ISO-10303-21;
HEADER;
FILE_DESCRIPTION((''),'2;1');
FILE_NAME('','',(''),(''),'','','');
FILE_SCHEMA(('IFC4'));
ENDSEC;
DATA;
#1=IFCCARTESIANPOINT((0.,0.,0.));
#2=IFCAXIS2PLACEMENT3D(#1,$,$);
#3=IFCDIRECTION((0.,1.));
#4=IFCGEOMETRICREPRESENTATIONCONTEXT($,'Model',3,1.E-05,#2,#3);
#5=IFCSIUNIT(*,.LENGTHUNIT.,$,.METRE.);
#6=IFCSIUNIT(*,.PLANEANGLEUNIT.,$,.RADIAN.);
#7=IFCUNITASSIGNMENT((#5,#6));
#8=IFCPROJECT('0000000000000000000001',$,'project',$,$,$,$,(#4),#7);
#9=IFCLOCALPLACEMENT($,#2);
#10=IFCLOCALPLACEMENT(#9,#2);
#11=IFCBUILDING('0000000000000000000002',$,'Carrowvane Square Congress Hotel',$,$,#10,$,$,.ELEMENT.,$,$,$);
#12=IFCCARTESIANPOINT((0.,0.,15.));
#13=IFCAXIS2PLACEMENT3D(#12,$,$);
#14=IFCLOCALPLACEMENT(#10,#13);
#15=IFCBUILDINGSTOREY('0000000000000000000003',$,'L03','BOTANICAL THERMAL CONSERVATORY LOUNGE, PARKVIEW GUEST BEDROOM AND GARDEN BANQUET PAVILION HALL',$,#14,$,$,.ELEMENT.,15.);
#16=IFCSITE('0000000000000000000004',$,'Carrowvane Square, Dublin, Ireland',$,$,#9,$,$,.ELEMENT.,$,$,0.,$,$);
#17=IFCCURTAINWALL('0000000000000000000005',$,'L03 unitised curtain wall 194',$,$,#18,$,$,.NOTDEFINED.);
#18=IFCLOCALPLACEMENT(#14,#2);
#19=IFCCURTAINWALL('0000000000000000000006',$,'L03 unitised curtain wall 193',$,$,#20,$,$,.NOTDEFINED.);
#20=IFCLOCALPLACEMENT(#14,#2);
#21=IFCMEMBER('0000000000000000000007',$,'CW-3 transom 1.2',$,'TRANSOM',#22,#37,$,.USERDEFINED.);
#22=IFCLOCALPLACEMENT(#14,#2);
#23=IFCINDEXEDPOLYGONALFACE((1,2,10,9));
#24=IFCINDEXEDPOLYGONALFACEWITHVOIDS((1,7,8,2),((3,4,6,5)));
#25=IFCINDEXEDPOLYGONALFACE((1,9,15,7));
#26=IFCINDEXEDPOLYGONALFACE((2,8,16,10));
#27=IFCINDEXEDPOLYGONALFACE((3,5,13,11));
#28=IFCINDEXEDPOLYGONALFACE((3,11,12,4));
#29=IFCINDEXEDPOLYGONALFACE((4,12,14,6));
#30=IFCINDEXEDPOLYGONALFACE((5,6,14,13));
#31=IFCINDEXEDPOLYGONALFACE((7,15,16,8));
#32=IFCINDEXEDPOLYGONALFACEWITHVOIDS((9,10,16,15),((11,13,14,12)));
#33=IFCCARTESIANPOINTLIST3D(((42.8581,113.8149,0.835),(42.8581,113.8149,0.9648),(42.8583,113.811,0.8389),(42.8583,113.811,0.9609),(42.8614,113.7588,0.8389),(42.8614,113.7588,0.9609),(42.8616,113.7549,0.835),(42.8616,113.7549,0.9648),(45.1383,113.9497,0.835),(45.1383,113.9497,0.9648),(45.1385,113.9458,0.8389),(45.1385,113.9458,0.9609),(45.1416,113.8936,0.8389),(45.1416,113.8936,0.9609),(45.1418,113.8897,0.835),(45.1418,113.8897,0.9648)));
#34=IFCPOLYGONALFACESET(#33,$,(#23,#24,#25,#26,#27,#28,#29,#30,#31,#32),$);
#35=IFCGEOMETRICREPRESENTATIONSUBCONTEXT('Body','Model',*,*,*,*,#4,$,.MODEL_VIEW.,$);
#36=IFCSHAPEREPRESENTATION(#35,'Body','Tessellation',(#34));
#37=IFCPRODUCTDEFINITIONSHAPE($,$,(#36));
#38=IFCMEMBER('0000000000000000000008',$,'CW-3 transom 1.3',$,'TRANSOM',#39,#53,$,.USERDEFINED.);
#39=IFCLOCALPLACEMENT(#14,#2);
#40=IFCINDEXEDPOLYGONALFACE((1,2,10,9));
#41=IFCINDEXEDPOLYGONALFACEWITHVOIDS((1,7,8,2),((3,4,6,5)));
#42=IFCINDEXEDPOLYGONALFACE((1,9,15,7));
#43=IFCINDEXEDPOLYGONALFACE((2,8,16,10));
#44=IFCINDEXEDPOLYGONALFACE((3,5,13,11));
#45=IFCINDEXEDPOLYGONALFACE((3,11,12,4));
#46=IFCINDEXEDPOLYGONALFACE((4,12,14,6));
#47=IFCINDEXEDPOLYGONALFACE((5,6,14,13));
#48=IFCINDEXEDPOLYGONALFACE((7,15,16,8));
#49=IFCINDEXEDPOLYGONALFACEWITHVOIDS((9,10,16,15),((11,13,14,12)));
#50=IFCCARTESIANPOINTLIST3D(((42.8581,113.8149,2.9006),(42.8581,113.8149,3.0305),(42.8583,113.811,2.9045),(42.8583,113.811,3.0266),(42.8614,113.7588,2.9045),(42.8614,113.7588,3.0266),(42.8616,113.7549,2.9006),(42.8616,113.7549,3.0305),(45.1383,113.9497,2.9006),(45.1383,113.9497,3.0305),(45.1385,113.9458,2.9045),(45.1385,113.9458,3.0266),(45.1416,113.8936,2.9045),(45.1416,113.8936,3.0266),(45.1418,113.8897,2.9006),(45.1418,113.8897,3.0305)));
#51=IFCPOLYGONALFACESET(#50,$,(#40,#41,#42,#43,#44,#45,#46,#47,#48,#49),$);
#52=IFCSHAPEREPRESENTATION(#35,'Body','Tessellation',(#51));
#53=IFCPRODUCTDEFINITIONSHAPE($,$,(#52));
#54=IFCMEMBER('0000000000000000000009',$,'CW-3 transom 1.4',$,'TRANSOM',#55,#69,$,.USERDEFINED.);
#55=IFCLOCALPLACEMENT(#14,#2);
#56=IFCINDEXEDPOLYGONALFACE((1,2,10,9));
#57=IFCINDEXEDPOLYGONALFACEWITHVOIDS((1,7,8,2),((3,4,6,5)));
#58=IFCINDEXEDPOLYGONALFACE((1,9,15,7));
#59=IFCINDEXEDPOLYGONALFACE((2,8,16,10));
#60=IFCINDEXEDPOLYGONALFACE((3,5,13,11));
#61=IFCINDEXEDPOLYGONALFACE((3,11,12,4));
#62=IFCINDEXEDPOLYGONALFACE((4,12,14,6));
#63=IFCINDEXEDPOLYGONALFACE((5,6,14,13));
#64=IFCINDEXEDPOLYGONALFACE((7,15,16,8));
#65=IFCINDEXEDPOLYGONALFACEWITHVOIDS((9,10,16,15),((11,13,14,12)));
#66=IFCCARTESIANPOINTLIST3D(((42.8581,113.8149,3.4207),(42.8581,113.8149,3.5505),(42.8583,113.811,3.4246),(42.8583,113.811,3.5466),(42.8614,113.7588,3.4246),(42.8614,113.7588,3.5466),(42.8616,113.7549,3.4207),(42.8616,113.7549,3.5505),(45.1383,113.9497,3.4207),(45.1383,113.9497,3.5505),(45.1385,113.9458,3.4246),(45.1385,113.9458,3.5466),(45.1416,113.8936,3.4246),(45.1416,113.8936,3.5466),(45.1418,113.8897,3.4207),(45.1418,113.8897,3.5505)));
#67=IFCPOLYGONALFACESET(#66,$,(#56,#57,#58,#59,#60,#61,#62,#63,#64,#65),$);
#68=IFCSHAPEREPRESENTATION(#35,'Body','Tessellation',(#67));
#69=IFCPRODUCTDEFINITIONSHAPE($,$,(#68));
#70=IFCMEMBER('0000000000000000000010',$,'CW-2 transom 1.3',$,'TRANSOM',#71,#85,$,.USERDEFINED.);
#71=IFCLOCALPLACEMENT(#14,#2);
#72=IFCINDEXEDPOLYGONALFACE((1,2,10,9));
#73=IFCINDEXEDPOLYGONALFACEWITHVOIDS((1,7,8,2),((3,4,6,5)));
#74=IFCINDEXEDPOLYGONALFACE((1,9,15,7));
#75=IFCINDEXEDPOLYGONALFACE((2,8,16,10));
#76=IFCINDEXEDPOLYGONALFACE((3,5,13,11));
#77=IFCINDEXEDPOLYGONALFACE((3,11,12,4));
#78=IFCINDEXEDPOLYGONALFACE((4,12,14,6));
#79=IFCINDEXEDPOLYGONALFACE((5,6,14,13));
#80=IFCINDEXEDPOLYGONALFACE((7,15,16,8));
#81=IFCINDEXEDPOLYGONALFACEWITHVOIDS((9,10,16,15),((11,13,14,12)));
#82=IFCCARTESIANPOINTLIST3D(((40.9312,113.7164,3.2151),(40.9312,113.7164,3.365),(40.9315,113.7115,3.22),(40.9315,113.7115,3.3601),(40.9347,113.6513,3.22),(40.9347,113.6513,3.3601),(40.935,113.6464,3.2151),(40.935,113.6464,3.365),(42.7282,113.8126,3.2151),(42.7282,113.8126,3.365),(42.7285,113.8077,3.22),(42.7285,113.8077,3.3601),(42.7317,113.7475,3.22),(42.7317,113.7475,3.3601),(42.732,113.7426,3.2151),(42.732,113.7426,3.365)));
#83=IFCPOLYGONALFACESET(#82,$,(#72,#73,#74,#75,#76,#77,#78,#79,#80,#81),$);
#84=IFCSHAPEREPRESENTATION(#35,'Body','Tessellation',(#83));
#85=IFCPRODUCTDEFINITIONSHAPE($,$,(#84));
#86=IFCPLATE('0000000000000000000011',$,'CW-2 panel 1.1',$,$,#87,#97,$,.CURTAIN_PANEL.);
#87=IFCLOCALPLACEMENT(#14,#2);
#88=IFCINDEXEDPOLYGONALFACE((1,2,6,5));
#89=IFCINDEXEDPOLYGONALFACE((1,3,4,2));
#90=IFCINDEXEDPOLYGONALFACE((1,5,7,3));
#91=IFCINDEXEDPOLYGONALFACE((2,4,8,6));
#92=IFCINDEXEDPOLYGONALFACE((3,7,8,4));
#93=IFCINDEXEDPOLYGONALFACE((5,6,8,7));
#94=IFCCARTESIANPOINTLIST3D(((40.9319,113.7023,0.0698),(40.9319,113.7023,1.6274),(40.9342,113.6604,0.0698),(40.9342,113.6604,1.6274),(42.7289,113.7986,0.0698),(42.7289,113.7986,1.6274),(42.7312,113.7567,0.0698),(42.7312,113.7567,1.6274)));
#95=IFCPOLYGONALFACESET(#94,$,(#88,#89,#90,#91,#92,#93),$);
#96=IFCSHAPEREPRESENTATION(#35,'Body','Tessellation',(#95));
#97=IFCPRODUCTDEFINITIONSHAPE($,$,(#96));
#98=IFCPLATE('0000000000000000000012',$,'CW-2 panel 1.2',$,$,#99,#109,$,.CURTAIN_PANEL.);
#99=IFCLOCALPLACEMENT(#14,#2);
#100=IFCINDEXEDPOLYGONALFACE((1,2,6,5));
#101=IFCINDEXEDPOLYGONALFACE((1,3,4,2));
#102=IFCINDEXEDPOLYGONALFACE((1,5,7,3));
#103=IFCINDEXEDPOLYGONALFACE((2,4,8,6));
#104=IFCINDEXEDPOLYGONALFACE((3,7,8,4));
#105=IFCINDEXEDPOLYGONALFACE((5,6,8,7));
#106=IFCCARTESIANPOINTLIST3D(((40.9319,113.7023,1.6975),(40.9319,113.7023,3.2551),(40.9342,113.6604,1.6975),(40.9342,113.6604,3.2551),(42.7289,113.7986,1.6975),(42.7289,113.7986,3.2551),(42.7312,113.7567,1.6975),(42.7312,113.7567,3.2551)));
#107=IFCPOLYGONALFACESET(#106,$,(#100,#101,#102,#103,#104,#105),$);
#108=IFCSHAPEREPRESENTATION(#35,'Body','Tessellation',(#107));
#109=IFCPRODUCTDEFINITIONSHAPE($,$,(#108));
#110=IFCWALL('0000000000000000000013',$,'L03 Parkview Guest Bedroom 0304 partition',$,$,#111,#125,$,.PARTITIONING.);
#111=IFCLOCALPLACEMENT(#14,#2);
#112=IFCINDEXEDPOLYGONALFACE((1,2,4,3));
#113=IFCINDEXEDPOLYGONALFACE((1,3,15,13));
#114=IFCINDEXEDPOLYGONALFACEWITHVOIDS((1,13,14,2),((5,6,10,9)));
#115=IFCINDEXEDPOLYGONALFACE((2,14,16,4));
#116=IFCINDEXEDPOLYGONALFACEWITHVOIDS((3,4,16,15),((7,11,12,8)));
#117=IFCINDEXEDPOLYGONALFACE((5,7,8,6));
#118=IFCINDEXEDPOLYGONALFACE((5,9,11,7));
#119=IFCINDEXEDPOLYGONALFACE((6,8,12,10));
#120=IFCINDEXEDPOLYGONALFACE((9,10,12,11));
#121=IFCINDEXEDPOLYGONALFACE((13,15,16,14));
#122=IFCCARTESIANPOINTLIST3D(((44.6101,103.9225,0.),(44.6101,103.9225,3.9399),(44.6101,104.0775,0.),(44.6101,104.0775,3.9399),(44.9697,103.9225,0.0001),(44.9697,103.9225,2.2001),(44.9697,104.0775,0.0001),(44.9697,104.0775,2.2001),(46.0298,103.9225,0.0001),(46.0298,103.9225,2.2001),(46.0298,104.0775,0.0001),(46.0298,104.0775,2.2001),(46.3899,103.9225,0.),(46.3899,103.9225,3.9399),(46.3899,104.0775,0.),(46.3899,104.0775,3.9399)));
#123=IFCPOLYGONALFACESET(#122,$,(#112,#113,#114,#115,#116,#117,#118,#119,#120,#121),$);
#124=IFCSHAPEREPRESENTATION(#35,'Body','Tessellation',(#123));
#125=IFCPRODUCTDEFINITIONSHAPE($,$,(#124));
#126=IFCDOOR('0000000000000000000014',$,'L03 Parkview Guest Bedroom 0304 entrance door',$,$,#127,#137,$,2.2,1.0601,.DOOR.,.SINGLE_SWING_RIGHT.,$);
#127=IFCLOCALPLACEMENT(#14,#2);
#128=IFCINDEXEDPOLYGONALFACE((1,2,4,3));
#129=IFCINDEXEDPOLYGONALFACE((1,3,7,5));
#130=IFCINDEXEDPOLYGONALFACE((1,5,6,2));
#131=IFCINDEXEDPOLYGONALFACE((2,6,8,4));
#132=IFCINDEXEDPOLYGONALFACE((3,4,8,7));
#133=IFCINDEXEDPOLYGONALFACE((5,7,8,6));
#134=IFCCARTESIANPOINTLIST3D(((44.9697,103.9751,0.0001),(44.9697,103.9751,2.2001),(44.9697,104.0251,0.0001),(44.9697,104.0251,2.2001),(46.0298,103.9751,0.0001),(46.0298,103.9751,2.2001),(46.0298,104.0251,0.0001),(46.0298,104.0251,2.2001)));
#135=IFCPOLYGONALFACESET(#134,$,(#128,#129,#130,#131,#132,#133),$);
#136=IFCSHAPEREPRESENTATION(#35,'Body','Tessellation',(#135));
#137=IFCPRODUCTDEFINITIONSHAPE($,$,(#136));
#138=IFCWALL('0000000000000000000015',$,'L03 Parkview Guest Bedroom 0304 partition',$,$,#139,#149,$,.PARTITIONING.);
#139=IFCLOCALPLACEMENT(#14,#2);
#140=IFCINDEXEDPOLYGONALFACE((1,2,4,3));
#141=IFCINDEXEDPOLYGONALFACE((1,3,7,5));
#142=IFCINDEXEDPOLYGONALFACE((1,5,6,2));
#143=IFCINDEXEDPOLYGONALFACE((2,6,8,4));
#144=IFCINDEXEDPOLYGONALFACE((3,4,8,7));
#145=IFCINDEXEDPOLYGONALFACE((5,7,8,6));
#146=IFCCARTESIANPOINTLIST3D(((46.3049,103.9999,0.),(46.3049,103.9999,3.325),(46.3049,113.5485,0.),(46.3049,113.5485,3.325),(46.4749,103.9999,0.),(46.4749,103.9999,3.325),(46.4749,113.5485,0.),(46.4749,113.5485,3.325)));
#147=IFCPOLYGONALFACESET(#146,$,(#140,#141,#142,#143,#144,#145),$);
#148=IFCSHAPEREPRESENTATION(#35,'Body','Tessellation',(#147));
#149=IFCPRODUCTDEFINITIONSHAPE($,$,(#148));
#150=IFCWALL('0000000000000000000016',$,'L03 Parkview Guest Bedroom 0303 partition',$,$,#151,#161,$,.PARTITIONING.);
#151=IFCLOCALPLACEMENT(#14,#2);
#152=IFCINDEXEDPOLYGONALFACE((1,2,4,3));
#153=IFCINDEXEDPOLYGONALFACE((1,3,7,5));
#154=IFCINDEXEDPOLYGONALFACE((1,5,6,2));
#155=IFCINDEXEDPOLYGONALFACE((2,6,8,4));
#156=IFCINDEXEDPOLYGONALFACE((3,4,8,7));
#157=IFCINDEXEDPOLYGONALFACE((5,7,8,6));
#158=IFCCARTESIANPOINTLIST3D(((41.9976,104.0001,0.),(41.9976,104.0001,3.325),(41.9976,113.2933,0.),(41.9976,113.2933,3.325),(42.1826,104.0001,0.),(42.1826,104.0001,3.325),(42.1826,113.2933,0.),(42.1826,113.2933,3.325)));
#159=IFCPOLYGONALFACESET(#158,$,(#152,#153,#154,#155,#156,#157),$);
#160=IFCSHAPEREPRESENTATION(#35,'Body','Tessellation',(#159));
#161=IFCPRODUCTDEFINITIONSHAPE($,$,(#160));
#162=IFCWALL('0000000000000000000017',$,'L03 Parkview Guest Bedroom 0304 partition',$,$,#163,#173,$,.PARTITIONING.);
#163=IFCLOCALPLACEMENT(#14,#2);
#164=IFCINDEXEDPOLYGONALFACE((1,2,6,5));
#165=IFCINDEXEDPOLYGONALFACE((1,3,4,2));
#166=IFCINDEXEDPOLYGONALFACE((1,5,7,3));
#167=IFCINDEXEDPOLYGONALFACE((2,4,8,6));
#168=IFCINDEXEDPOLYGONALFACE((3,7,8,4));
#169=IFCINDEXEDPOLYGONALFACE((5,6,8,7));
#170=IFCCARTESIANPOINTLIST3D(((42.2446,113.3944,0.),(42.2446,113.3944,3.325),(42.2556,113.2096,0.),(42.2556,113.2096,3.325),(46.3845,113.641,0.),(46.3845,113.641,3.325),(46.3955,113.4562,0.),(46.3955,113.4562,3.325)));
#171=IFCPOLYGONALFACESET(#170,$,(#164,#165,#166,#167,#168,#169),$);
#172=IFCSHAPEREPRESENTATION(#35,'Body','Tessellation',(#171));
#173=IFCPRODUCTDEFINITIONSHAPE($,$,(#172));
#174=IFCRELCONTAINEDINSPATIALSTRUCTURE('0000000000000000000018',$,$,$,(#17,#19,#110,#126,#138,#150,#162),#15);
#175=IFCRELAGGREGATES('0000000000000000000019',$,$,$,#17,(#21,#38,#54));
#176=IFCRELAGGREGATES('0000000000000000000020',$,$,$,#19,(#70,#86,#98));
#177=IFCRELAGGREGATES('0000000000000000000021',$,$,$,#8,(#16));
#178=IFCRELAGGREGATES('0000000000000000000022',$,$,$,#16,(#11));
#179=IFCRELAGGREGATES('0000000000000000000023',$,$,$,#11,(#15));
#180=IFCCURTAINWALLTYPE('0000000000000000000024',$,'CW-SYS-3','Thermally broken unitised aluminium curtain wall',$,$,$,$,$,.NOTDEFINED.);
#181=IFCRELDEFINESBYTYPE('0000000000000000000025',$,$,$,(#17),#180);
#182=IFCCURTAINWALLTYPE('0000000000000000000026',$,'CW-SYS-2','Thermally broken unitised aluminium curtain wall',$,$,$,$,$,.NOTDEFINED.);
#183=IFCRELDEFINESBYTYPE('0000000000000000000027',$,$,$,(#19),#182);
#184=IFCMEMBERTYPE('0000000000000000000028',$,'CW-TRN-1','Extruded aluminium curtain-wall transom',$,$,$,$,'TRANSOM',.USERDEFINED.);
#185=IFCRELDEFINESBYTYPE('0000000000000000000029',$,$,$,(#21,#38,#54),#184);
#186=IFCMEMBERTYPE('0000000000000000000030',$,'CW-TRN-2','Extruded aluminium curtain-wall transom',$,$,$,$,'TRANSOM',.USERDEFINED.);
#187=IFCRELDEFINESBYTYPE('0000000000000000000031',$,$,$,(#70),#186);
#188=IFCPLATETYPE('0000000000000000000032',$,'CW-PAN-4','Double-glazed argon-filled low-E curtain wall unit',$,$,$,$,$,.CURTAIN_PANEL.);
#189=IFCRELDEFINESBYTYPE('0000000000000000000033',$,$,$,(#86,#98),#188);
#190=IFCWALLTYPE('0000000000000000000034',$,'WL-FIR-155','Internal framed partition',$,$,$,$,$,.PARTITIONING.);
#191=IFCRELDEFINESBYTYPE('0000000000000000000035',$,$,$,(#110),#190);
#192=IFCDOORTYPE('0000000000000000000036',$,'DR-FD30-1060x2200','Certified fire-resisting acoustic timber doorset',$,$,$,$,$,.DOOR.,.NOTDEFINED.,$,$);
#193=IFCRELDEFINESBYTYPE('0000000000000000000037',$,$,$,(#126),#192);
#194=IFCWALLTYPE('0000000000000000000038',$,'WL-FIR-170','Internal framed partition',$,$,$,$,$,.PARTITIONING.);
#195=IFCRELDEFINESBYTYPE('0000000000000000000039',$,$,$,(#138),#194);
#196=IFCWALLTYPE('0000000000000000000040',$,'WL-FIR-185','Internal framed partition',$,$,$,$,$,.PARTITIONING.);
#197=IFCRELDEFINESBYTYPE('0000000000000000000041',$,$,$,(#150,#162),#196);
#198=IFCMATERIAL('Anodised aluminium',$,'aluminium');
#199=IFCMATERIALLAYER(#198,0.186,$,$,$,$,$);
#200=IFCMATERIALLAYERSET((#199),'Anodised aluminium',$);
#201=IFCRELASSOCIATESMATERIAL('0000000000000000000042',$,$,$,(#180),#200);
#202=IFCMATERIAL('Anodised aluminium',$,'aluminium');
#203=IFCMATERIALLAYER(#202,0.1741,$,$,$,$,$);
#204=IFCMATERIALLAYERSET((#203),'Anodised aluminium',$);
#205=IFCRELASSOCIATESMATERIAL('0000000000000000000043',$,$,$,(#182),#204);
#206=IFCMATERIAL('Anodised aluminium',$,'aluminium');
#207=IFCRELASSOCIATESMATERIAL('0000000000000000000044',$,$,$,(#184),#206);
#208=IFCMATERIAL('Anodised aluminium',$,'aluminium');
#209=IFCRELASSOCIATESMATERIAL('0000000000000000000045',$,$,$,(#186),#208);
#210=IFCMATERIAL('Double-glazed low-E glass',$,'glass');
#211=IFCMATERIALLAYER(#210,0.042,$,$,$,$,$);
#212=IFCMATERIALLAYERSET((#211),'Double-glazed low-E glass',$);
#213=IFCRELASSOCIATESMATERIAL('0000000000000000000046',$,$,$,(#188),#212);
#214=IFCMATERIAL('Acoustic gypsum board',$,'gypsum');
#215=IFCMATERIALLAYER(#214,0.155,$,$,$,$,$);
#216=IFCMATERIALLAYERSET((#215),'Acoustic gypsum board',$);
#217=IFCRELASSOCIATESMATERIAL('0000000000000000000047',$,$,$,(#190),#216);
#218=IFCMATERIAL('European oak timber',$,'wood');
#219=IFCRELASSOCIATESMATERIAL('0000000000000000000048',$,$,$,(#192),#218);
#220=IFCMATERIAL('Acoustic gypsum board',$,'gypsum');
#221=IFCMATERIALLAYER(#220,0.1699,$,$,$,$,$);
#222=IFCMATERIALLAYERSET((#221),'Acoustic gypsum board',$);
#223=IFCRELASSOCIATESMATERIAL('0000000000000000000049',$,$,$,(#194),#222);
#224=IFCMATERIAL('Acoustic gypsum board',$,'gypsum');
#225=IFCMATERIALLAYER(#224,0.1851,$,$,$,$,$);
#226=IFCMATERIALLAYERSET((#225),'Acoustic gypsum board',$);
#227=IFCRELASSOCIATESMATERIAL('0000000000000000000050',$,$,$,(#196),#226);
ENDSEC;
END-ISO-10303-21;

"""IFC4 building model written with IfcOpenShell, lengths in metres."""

from ifc_helpers import new_model, si_unit, direction, frame, frame_2d, origin, origin_2d, place, context, subcontext, project, spatial, rectangle, hollow_rectangle, extrude, material, layer, layer_set, material_profile, profile_set, type_object, element, fill, aggregate, save


model = new_model("IFC4")

# Units and contexts
model_context = context("Model", 3, precision=1e-05, world=origin(), true_north=direction((0.0, 1.0)))
body_context = subcontext(model_context, "Body", "Model", "MODEL_VIEW")
ifc_project = project(units=[si_unit("LENGTHUNIT", "METRE"), si_unit("PLANEANGLEUNIT", "RADIAN")], contexts=[model_context])

# Site, building, storey
site_placement = place(None, origin())
site = spatial("IfcSite", under=ifc_project, at=site_placement, Name="Carrowvane Square, Dublin, Ireland", CompositionType="ELEMENT", RefElevation=0.0)
building_placement = place(site_placement, origin())
building = spatial("IfcBuilding", under=site, at=building_placement, Name="Carrowvane Square Congress Hotel", CompositionType="ELEMENT")
storey_placement = place(building_placement, frame((0.0, 0.0, 15.0)))
storey = spatial("IfcBuildingStorey", under=building, at=storey_placement, Name="L03", Description="BOTANICAL THERMAL CONSERVATORY LOUNGE, PARKVIEW GUEST BEDROOM AND GARDEN BANQUET PAVILION HALL", CompositionType="ELEMENT", Elevation=15.0)

# Curtain walls
ifc_material_1 = material(Name="Anodised aluminium", Category="aluminium")
ifc_layer_1 = layer(ifc_material_1, 0.186)
ifc_layer_set_1 = layer_set([ifc_layer_1], Name="Anodised aluminium")
curtain_wall_type_1 = type_object("IfcCurtainWallType", Name="CW-SYS-3", Description="Thermally broken unitised aluminium curtain wall", PredefinedType="NOTDEFINED", material=ifc_layer_set_1)
curtain_wall_1_placement = place(storey_placement, origin())
curtain_wall_1 = element("IfcCurtainWall", 1, at=curtain_wall_1_placement, inside=storey, type_object=curtain_wall_type_1, Name="L03 unitised curtain wall 194", PredefinedType="NOTDEFINED")
ifc_material_2 = material(Name="Anodised aluminium", Category="aluminium")
ifc_layer_2 = layer(ifc_material_2, 0.1741)
ifc_layer_set_2 = layer_set([ifc_layer_2], Name="Anodised aluminium")
curtain_wall_type_2 = type_object("IfcCurtainWallType", Name="CW-SYS-2", Description="Thermally broken unitised aluminium curtain wall", PredefinedType="NOTDEFINED", material=ifc_layer_set_2)
curtain_wall_2_placement = place(storey_placement, origin())
curtain_wall_2 = element("IfcCurtainWall", 2, at=curtain_wall_2_placement, inside=storey, type_object=curtain_wall_type_2, Name="L03 unitised curtain wall 193", PredefinedType="NOTDEFINED")

# Members
ifc_material_3 = material(Name="Anodised aluminium", Category="aluminium")
ifc_material_profile_1 = material_profile(ifc_material_3, hollow_rectangle(XDim=0.0601, YDim=0.1299, WallThickness=0.0039, at=origin_2d()), Name="CW-TR 60x130x4")
ifc_profile_set_1 = profile_set([ifc_material_profile_1], Name="Anodised aluminium")
member_type_1 = type_object("IfcMemberType", Name="CW-TRN-1", Description="Extruded aluminium curtain-wall transom", ElementType="TRANSOM", PredefinedType="USERDEFINED", material=ifc_profile_set_1)
member_1_placement = place(storey_placement, frame((42.8599, 113.7849, 0.8999), z_axis=(0.998258, 0.058998, 0.0), x_axis=(-0.058998, 0.998258, 0.0)))
member_1 = element("IfcMember", 3, at=member_1_placement, type_object=member_type_1, Name="CW-3 transom 1.2", ObjectType="TRANSOM", PredefinedType="USERDEFINED", context=body_context, shape_type="SweptSolid", body=[
    extrude(hollow_rectangle(XDim=0.0601, YDim=0.1299, WallThickness=0.0039, at=origin_2d()), origin(), (0.0, 0.0, 1.0), 2.2842),
])
member_2_placement = place(storey_placement, frame((42.8599, 113.7849, 2.9656), z_axis=(0.998258, 0.058998, 0.0), x_axis=(-0.058998, 0.998258, 0.0)))
member_2 = element("IfcMember", 4, at=member_2_placement, type_object=member_type_1, Name="CW-3 transom 1.3", ObjectType="TRANSOM", PredefinedType="USERDEFINED", context=body_context, shape_type="SweptSolid", body=[
    extrude(hollow_rectangle(XDim=0.0601, YDim=0.1299, WallThickness=0.0039, at=origin_2d()), origin(), (0.0, 0.0, 1.0), 2.2842),
])
member_3_placement = place(storey_placement, frame((42.8599, 113.7849, 3.4856), z_axis=(0.998258, 0.058998, 0.0), x_axis=(-0.058998, 0.998258, 0.0)))
member_3 = element("IfcMember", 5, at=member_3_placement, type_object=member_type_1, Name="CW-3 transom 1.4", ObjectType="TRANSOM", PredefinedType="USERDEFINED", context=body_context, shape_type="SweptSolid", body=[
    extrude(hollow_rectangle(XDim=0.0601, YDim=0.1299, WallThickness=0.0039, at=origin_2d()), origin(), (0.0, 0.0, 1.0), 2.2842),
])
aggregate(curtain_wall_1, [member_1, member_2, member_3])
ifc_material_4 = material(Name="Anodised aluminium", Category="aluminium")
ifc_material_profile_2 = material_profile(ifc_material_4, hollow_rectangle(XDim=0.0701, YDim=0.1499, WallThickness=0.0049, at=origin_2d()), Name="CW-TR 70x150x5")
ifc_profile_set_2 = profile_set([ifc_material_profile_2], Name="Anodised aluminium")
member_type_2 = type_object("IfcMemberType", Name="CW-TRN-2", Description="Extruded aluminium curtain-wall transom", ElementType="TRANSOM", PredefinedType="USERDEFINED", material=ifc_profile_set_2)
member_4_placement = place(storey_placement, frame((40.9331, 113.6814, 3.29), z_axis=(0.99857, 0.053456, 0.0), x_axis=(-0.053456, 0.99857, 0.0)))
member_4 = element("IfcMember", 6, at=member_4_placement, type_object=member_type_2, Name="CW-2 transom 1.3", ObjectType="TRANSOM", PredefinedType="USERDEFINED", context=body_context, shape_type="SweptSolid", body=[
    extrude(hollow_rectangle(XDim=0.0701, YDim=0.1499, WallThickness=0.0049, at=origin_2d()), origin(), (0.0, 0.0, 1.0), 1.7996),
])

# Plates
ifc_material_5 = material(Name="Double-glazed low-E glass", Category="glass")
ifc_layer_3 = layer(ifc_material_5, 0.042)
ifc_layer_set_3 = layer_set([ifc_layer_3], Name="Double-glazed low-E glass")
plate_type = type_object("IfcPlateType", Name="CW-PAN-4", Description="Double-glazed argon-filled low-E curtain wall unit", PredefinedType="CURTAIN_PANEL", material=ifc_layer_set_3)
plate_1_placement = place(storey_placement, frame((41.8315, 113.7295, 0.0698), z_axis=(0.0, 0.0, 1.0), x_axis=(0.998567, 0.053514, 0.0)))
plate_1 = element("IfcPlate", 7, at=plate_1_placement, type_object=plate_type, Name="CW-2 panel 1.1", PredefinedType="CURTAIN_PANEL", context=body_context, shape_type="SweptSolid", body=[
    extrude(rectangle(XDim=1.7996, YDim=0.042, at=origin_2d()), origin(), (0.0, 0.0, 1.0), 1.5576),
])
plate_2_placement = place(storey_placement, frame((41.8315, 113.7295, 1.6975), z_axis=(0.0, 0.0, 1.0), x_axis=(0.998567, 0.053514, 0.0)))
plate_2 = element("IfcPlate", 8, at=plate_2_placement, type_object=plate_type, Name="CW-2 panel 1.2", PredefinedType="CURTAIN_PANEL", context=body_context, shape_type="SweptSolid", body=[
    extrude(rectangle(XDim=1.7996, YDim=0.042, at=origin_2d()), origin(), (0.0, 0.0, 1.0), 1.5576),
])
aggregate(curtain_wall_2, [member_4, plate_1, plate_2])

# Wall, opening, door
ifc_material_6 = material(Name="Acoustic gypsum board", Category="gypsum")
ifc_layer_4 = layer(ifc_material_6, 0.155)
ifc_layer_set_4 = layer_set([ifc_layer_4], Name="Acoustic gypsum board")
wall_type_1 = type_object("IfcWallType", Name="WL-FIR-155", Description="Internal framed partition", PredefinedType="PARTITIONING", material=ifc_layer_set_4)
wall_1_placement = place(storey_placement, frame((46.3899, 104.0, 0.0), z_axis=(0.0, 0.0, 1.0), x_axis=(-1.0, 0.0, 0.0)))
wall_1 = element("IfcWall", 9, at=wall_1_placement, inside=storey, type_object=wall_type_1, Name="L03 Parkview Guest Bedroom 0304 partition", PredefinedType="PARTITIONING", context=body_context, shape_type="SweptSolid", body=[
    extrude(rectangle(XDim=1.7798, YDim=0.155, at=frame_2d((0.8899, 0.0))), origin(), (0.0, 0.0, 1.0), 3.9399),
])
opening_1_placement = place(wall_1_placement, frame((0.3601, 0.0, 0.0)))
opening_1 = element("IfcOpeningElement", 10, at=opening_1_placement, cuts=wall_1, PredefinedType="OPENING", context=body_context, shape_type="SweptSolid", body=[
    extrude(rectangle(XDim=1.0601, YDim=2.2, at=frame_2d((0.53, 1.1001))), frame((0.0, 0.0874, 0.0), z_axis=(0.0, -1.0, 0.0), x_axis=(1.0, 0.0, 0.0)), (0.0, 0.0, 1.0), 0.175),
])
ifc_material_7 = material(Name="European oak timber", Category="wood")
door_type_1 = type_object("IfcDoorType", Name="DR-FD30-1060x2200", Description="Certified fire-resisting acoustic timber doorset", OperationType="NOTDEFINED", PredefinedType="DOOR", material=ifc_material_7)
door_1_placement = place(opening_1_placement, origin())
door_1 = element("IfcDoor", 11, at=door_1_placement, inside=storey, type_object=door_type_1, Name="L03 Parkview Guest Bedroom 0304 entrance door", OperationType="SINGLE_SWING_RIGHT", OverallHeight=2.2, OverallWidth=1.0601, PredefinedType="DOOR", context=body_context, shape_type="SweptSolid", body=[
    extrude(rectangle(XDim=1.0601, YDim=2.2, at=frame_2d((0.53, 1.1001))), frame((0.0, 0.0249, 0.0), z_axis=(0.0, -1.0, 0.0), x_axis=(1.0, 0.0, 0.0)), (0.0, 0.0, 1.0), 0.05),
])
fill(opening_1, door_1)

# Walls
ifc_material_8 = material(Name="Acoustic gypsum board", Category="gypsum")
ifc_layer_5 = layer(ifc_material_8, 0.1699)
ifc_layer_set_5 = layer_set([ifc_layer_5], Name="Acoustic gypsum board")
wall_type_2 = type_object("IfcWallType", Name="WL-FIR-170", Description="Internal framed partition", PredefinedType="PARTITIONING", material=ifc_layer_set_5)
wall_2_placement = place(storey_placement, frame((46.3899, 113.5486, 0.0), z_axis=(0.0, 0.0, 1.0), x_axis=(0.0, -1.0, 0.0)))
element("IfcWall", 12, at=wall_2_placement, inside=storey, type_object=wall_type_2, Name="L03 Parkview Guest Bedroom 0304 partition", PredefinedType="PARTITIONING", context=body_context, shape_type="SweptSolid", body=[
    extrude(rectangle(XDim=9.5486, YDim=0.1699, at=frame_2d((4.7744, 0.0))), origin(), (0.0, 0.0, 1.0), 3.325),
])
ifc_material_9 = material(Name="Acoustic gypsum board", Category="gypsum")
ifc_layer_6 = layer(ifc_material_9, 0.1851)
ifc_layer_set_6 = layer_set([ifc_layer_6], Name="Acoustic gypsum board")
wall_type_3 = type_object("IfcWallType", Name="WL-FIR-185", Description="Internal framed partition", PredefinedType="PARTITIONING", material=ifc_layer_set_6)
wall_3_placement = place(storey_placement, frame((42.0901, 113.2932, 0.0), z_axis=(0.0, 0.0, 1.0), x_axis=(0.0, -1.0, 0.0)))
element("IfcWall", 13, at=wall_3_placement, inside=storey, type_object=wall_type_3, Name="L03 Parkview Guest Bedroom 0303 partition", PredefinedType="PARTITIONING", context=body_context, shape_type="SweptSolid", body=[
    extrude(rectangle(XDim=9.2932, YDim=0.1851, at=frame_2d((4.6465, 0.0))), origin(), (0.0, 0.0, 1.0), 3.325),
])
wall_4_placement = place(storey_placement, frame((42.25, 113.302, 0.0), z_axis=(0.0, 0.0, 1.0), x_axis=(0.998231, 0.059457, 0.0)))
element("IfcWall", 14, at=wall_4_placement, inside=storey, type_object=wall_type_3, Name="L03 Parkview Guest Bedroom 0304 partition", PredefinedType="PARTITIONING", context=body_context, shape_type="SweptSolid", body=[
    extrude(rectangle(XDim=4.1472, YDim=0.1851, at=frame_2d((2.0737, 0.0))), origin(), (0.0, 0.0, 1.0), 3.325),
])

save(model, "model.ifc")
